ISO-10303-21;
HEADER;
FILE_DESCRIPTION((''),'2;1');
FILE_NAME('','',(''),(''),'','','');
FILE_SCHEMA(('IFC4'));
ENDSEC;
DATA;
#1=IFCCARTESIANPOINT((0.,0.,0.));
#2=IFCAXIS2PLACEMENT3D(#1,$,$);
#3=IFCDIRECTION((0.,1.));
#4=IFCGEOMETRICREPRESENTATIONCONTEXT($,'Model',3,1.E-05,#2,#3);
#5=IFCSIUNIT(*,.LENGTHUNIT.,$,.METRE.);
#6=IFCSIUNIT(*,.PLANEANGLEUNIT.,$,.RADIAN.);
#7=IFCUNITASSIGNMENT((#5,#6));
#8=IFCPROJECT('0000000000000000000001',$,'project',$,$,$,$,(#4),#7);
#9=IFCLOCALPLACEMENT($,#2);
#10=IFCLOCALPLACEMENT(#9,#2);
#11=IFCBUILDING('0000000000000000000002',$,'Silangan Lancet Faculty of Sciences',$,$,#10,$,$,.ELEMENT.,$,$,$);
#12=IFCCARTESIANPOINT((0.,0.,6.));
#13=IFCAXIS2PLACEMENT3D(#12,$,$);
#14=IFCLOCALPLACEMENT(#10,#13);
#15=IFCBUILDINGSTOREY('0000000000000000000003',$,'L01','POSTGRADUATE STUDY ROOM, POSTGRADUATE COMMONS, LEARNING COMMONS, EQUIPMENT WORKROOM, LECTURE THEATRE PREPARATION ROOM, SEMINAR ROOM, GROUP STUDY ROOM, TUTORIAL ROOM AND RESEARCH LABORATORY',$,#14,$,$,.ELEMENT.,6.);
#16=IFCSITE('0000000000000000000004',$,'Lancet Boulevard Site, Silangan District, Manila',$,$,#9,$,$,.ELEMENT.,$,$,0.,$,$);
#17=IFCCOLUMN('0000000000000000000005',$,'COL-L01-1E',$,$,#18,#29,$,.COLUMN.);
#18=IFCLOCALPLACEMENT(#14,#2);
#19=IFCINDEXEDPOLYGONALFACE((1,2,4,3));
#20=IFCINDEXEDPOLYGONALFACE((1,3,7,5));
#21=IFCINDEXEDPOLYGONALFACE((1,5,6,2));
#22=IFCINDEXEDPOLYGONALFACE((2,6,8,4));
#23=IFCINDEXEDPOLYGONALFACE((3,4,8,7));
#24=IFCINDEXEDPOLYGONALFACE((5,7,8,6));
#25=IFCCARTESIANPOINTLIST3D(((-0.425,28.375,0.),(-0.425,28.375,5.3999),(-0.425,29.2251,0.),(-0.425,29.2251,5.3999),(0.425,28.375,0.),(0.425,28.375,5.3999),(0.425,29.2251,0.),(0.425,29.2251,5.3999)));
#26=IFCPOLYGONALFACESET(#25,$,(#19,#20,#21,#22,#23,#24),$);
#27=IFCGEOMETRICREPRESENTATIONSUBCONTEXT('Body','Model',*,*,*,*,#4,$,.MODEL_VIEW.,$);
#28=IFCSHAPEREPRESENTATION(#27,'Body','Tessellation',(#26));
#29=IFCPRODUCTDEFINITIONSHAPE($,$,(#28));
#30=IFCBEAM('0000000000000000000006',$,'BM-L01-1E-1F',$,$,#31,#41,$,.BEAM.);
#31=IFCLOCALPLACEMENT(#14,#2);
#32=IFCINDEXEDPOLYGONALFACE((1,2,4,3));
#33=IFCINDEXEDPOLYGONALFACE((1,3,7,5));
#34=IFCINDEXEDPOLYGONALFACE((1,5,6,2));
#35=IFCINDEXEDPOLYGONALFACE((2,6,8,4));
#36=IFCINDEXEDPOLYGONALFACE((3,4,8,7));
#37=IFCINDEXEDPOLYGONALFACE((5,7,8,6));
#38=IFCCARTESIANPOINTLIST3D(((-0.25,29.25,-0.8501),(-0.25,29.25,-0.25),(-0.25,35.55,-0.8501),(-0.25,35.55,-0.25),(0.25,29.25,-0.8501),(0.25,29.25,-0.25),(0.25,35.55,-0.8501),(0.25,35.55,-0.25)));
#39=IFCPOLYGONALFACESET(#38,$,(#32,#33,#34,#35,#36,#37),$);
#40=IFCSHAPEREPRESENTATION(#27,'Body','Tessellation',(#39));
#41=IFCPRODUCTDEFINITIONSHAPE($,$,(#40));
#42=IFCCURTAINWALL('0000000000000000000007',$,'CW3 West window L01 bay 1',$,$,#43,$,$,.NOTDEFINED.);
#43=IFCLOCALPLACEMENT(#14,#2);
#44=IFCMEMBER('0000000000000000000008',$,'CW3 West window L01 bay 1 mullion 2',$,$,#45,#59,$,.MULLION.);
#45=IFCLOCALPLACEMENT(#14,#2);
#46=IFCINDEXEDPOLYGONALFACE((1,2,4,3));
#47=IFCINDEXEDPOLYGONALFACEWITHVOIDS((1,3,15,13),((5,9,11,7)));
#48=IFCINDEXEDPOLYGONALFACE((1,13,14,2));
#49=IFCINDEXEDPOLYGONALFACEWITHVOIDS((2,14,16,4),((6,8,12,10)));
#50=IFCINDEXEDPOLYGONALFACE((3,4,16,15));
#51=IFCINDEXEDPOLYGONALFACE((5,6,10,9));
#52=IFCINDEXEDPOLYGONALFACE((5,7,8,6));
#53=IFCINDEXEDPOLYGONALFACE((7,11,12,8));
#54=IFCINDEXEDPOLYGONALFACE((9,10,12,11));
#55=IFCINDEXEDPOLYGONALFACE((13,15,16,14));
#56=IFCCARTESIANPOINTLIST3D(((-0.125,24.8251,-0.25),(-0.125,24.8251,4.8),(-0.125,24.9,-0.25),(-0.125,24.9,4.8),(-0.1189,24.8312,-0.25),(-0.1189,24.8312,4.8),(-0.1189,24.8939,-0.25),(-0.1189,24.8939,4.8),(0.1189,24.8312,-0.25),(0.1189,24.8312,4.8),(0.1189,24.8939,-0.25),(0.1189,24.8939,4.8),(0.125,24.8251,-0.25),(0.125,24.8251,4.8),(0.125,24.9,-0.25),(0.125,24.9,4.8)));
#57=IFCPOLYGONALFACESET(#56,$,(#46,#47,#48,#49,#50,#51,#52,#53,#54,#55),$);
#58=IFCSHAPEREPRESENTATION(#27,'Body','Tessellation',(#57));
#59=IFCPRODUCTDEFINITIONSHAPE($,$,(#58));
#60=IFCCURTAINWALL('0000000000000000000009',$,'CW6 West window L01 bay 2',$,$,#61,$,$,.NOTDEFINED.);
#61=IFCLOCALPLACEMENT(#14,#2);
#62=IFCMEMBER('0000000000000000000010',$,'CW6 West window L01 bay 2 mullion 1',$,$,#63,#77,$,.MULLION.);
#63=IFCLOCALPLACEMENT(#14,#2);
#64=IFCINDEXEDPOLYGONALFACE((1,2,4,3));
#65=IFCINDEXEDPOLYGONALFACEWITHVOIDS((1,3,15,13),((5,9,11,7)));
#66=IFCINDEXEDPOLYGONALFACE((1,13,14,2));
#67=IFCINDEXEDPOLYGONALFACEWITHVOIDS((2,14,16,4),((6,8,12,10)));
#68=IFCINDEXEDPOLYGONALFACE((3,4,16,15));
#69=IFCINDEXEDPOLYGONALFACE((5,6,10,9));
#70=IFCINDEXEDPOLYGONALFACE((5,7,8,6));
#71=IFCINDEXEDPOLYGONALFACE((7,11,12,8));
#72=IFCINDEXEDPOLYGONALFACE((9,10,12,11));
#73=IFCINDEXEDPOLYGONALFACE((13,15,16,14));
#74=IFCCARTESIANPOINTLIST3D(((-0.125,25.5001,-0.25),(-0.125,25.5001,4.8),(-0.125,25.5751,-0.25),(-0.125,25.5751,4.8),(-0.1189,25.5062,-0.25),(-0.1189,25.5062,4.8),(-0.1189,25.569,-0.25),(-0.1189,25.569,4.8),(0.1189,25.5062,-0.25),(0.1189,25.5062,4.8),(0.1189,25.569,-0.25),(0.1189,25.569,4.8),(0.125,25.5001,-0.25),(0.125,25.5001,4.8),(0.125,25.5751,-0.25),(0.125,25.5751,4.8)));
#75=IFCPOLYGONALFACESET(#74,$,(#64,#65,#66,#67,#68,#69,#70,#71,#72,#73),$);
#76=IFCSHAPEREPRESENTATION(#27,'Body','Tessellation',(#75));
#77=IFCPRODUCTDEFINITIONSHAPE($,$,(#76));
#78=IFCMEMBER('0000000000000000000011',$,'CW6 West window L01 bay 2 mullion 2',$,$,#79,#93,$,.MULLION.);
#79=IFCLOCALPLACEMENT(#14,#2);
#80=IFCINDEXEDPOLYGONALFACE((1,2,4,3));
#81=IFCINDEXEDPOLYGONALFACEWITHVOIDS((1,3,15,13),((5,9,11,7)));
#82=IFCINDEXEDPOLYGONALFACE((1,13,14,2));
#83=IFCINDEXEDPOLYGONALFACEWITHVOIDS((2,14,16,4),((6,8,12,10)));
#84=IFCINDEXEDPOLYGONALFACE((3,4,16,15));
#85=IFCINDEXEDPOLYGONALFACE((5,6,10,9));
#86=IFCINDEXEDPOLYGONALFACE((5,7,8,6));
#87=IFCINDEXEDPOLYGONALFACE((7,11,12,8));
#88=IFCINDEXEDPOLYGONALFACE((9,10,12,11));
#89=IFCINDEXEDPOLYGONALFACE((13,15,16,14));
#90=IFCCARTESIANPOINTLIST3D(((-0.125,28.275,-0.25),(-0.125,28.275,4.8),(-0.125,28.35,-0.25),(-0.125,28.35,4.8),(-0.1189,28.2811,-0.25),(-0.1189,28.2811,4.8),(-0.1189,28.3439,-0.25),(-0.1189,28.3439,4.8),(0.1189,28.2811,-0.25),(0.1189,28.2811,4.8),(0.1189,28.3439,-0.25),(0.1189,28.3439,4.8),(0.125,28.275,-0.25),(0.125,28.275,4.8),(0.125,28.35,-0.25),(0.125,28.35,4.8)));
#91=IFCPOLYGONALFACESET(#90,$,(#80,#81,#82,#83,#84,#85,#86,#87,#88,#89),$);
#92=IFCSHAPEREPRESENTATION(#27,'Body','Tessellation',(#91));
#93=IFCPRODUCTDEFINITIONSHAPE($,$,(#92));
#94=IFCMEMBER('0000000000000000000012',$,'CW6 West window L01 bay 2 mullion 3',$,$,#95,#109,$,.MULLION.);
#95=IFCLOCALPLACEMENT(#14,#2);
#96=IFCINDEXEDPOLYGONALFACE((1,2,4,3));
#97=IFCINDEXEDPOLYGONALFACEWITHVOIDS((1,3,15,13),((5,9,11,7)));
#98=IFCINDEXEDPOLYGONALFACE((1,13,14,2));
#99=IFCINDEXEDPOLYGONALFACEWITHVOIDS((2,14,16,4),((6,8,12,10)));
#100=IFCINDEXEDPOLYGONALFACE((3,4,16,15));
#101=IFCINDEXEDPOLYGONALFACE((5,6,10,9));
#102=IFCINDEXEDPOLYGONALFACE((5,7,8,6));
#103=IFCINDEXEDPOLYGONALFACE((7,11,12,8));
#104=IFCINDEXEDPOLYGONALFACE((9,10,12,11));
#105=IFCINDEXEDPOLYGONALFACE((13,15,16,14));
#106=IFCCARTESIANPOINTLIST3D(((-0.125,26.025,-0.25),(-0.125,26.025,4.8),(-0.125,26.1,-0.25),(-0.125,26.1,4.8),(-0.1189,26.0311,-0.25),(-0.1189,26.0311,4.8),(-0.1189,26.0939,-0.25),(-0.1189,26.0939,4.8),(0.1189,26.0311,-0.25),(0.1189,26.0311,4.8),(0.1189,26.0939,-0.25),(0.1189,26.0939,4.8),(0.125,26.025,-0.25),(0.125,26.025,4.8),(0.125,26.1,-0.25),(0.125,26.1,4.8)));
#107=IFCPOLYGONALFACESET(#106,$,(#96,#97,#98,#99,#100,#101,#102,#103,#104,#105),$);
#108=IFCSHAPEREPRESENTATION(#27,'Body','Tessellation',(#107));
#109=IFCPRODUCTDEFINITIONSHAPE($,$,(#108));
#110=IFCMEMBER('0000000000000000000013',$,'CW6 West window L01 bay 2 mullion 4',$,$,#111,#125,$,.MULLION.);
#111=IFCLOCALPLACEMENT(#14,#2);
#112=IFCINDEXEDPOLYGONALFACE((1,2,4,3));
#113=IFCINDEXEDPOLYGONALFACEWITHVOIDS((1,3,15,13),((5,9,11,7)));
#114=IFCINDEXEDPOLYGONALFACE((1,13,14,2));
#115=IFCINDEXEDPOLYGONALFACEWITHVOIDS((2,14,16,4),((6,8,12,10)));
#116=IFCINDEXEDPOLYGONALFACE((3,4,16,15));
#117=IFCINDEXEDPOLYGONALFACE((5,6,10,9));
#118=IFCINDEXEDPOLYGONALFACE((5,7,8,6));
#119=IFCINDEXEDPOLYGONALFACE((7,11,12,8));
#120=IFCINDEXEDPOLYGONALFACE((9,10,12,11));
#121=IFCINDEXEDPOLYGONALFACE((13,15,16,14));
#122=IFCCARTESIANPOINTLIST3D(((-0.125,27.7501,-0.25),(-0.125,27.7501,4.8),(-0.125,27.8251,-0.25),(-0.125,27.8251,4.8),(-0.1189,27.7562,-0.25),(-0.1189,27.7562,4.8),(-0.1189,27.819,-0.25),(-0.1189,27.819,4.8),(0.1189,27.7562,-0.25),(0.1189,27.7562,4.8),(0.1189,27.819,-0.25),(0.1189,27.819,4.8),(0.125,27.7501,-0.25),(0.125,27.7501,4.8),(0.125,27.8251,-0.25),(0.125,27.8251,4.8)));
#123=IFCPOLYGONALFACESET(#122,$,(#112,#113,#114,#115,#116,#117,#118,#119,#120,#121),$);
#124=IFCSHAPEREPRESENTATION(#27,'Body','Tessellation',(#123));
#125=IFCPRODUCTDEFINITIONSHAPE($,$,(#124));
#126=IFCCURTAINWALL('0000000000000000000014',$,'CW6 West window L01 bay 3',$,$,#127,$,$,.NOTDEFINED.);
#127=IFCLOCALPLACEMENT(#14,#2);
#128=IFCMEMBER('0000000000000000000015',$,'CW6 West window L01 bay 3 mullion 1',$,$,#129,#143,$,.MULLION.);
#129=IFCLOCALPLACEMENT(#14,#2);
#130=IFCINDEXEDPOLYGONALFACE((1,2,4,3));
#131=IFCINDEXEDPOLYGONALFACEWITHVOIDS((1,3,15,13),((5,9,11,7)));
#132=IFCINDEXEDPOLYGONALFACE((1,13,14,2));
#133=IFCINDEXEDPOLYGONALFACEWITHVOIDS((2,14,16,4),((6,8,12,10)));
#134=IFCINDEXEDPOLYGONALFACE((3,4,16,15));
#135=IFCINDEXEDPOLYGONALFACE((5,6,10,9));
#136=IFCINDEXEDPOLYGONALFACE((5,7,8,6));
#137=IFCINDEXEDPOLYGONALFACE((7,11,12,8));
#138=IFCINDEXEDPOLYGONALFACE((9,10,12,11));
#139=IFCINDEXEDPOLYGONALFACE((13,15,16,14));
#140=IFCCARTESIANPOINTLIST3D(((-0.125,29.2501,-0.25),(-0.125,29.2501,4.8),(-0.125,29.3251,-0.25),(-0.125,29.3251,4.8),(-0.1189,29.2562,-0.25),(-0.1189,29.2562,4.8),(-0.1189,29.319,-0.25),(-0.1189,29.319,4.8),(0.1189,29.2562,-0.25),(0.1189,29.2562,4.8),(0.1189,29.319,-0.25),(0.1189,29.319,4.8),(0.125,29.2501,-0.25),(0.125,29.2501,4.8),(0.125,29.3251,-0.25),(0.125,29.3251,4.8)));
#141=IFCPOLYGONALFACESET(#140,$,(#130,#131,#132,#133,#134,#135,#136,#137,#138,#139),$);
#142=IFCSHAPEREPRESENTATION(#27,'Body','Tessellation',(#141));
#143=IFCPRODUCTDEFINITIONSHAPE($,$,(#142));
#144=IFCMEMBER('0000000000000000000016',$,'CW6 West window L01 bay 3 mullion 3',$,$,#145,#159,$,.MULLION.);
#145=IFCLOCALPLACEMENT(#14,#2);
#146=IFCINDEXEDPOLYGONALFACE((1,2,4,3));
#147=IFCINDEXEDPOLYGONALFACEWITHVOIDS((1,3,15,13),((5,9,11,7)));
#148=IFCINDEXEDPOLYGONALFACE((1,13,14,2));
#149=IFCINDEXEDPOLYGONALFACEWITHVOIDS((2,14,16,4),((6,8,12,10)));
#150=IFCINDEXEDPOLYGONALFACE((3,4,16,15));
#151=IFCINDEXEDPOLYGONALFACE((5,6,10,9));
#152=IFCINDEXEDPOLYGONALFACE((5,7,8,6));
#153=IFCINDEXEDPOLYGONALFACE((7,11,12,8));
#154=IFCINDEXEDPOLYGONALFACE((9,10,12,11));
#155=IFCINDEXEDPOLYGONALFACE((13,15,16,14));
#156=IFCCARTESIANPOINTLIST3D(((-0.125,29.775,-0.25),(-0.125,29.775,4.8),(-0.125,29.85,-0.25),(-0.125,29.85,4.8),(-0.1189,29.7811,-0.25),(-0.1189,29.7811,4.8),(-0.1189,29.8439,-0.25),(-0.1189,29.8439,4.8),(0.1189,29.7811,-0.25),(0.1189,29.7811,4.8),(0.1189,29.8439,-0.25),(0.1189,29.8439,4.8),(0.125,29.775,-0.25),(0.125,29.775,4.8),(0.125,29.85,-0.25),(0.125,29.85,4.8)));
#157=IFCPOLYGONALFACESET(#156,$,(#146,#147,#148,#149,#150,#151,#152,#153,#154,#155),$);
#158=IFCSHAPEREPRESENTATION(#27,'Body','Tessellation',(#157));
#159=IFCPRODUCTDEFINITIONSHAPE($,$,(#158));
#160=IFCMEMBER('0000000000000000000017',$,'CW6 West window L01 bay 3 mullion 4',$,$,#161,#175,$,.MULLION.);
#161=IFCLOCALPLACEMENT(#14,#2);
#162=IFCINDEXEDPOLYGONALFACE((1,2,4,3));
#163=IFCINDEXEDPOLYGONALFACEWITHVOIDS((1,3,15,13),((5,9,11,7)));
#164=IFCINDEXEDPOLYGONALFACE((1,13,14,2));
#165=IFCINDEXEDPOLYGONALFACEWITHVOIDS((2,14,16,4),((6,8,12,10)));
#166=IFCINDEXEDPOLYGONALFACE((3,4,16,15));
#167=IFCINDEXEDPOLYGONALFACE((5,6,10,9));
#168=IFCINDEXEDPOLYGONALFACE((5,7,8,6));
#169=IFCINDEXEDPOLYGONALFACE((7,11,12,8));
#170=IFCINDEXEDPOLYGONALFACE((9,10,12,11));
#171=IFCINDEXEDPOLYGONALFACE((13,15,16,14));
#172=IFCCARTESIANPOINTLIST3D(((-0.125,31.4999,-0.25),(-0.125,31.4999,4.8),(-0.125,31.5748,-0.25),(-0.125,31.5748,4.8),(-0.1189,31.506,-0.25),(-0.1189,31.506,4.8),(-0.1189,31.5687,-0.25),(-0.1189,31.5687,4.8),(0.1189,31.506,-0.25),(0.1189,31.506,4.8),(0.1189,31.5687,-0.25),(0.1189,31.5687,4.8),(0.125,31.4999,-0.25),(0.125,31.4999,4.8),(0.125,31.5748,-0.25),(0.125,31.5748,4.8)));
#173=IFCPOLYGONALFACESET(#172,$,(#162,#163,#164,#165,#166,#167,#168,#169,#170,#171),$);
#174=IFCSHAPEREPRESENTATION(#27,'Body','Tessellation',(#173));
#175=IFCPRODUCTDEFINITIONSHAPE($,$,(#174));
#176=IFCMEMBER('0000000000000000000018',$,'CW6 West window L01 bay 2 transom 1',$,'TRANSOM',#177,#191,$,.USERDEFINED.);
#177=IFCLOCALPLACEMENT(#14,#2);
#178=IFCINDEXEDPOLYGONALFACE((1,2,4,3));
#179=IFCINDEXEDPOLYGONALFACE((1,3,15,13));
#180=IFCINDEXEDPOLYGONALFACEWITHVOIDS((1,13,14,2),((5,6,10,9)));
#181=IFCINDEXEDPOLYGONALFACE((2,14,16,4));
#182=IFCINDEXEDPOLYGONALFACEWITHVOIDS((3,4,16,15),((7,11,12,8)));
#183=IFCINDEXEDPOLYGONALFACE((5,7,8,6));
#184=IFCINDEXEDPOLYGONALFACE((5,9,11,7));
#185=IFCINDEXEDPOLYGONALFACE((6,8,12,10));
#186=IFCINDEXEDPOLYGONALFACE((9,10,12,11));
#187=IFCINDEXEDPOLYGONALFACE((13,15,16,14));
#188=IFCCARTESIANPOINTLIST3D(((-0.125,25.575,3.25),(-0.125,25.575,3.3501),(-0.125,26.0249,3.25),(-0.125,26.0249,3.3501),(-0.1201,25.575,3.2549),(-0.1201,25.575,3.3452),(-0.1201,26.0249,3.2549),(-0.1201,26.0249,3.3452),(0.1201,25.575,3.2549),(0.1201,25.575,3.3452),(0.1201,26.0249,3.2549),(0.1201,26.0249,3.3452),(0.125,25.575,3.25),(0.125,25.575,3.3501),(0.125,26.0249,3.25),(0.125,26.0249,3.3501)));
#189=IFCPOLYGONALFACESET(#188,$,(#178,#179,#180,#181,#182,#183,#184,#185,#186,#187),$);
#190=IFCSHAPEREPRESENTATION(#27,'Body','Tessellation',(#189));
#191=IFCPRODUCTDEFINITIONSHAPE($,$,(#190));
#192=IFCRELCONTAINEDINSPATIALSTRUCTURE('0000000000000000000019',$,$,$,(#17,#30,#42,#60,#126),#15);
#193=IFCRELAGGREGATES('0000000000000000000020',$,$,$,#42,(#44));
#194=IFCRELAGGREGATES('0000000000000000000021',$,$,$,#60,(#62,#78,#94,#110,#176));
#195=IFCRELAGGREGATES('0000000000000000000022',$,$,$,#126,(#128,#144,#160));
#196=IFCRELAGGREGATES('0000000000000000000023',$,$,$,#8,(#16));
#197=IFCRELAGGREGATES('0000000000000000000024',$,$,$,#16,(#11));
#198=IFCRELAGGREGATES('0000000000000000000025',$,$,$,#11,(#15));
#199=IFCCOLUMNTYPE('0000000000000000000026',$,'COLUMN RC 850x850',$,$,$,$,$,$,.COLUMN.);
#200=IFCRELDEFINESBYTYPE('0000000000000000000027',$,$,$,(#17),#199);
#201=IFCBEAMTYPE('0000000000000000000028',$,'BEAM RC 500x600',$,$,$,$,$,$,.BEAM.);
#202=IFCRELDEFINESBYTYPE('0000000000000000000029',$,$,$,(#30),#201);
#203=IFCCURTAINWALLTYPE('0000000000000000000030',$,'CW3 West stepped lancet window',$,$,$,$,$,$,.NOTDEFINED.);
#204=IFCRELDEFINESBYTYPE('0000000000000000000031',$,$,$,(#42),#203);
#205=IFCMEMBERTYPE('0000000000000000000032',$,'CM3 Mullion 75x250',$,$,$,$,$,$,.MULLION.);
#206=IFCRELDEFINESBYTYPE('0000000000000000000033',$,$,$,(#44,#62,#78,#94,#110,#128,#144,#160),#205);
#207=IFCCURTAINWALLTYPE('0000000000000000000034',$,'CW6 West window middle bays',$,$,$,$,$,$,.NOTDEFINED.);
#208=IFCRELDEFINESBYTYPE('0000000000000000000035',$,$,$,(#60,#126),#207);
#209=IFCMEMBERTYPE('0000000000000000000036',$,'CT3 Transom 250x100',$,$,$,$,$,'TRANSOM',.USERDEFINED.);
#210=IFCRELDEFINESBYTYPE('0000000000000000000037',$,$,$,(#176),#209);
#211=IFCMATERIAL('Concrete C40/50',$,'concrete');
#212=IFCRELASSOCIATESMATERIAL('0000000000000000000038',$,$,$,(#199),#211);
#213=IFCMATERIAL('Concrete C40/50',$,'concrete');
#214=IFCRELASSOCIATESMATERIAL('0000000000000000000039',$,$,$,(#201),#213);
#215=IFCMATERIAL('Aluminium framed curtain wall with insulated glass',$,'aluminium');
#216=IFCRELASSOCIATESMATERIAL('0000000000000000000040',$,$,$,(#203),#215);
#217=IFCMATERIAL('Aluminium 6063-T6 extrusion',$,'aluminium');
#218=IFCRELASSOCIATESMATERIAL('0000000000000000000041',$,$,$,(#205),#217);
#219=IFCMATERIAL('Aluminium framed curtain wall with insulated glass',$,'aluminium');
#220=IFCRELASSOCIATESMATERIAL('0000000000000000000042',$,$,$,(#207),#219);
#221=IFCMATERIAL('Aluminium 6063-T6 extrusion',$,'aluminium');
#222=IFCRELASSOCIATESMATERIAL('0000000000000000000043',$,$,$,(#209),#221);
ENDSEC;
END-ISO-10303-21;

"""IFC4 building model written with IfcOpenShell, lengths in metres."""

from ifc_helpers import new_model, si_unit, direction, frame, origin, origin_2d, place, context, subcontext, project, spatial, rectangle, hollow_rectangle, extrude, material, material_profile, profile_set, type_object, element, aggregate, save


model = new_model("IFC4")

# Units and contexts
model_context = context("Model", 3, precision=1e-05, world=origin(), true_north=direction((0.0, 1.0)))
body_context = subcontext(model_context, "Body", "Model", "MODEL_VIEW")
ifc_project = project(units=[si_unit("LENGTHUNIT", "METRE"), si_unit("PLANEANGLEUNIT", "RADIAN")], contexts=[model_context])

# Site, building, storey
site_placement = place(None, origin())
site = spatial("IfcSite", under=ifc_project, at=site_placement, Name="Lancet Boulevard Site, Silangan District, Manila", CompositionType="ELEMENT", RefElevation=0.0)
building_placement = place(site_placement, origin())
building = spatial("IfcBuilding", under=site, at=building_placement, Name="Silangan Lancet Faculty of Sciences", CompositionType="ELEMENT")
storey_placement = place(building_placement, frame((0.0, 0.0, 6.0)))
storey = spatial("IfcBuildingStorey", under=building, at=storey_placement, Name="L01", Description="POSTGRADUATE STUDY ROOM, POSTGRADUATE COMMONS, LEARNING COMMONS, EQUIPMENT WORKROOM, LECTURE THEATRE PREPARATION ROOM, SEMINAR ROOM, GROUP STUDY ROOM, TUTORIAL ROOM AND RESEARCH LABORATORY", CompositionType="ELEMENT", Elevation=6.0)

# Column
ifc_material_1 = material(Name="Concrete C40/50", Category="concrete")
ifc_material_profile_1 = material_profile(ifc_material_1, rectangle(XDim=0.8501, YDim=0.8501, at=origin_2d()), Name="RC 850x850")
ifc_profile_set_1 = profile_set([ifc_material_profile_1], Name="Concrete C40/50")
column_type = type_object("IfcColumnType", Name="COLUMN RC 850x850", PredefinedType="COLUMN", material=ifc_profile_set_1)
column_placement = place(storey_placement, frame((0.0, 28.8, 0.0), z_axis=(0.0, 0.0, 1.0), x_axis=(1.0, 0.0, 0.0)))
element("IfcColumn", 1, at=column_placement, inside=storey, type_object=column_type, Name="COL-L01-1E", PredefinedType="COLUMN", context=body_context, shape_type="SweptSolid", body=[
    extrude(rectangle(XDim=0.8501, YDim=0.8501, at=origin_2d()), origin(), (0.0, 0.0, 1.0), 5.3999),
])

# Beam
ifc_material_2 = material(Name="Concrete C40/50", Category="concrete")
ifc_material_profile_2 = material_profile(ifc_material_2, rectangle(XDim=0.5, YDim=0.6001, at=origin_2d()), Name="RC 500x600")
ifc_profile_set_2 = profile_set([ifc_material_profile_2], Name="Concrete C40/50")
beam_type = type_object("IfcBeamType", Name="BEAM RC 500x600", PredefinedType="BEAM", material=ifc_profile_set_2)
beam_placement = place(storey_placement, frame((0.0, 29.25, -0.55), z_axis=(0.0, 1.0, 0.0), x_axis=(-1.0, 0.0, 0.0)))
element("IfcBeam", 2, at=beam_placement, inside=storey, type_object=beam_type, Name="BM-L01-1E-1F", PredefinedType="BEAM", context=body_context, shape_type="SweptSolid", body=[
    extrude(rectangle(XDim=0.5, YDim=0.6001, at=origin_2d()), origin(), (0.0, 0.0, 1.0), 6.3),
])

# Curtain wall, member
ifc_material_3 = material(Name="Aluminium framed curtain wall with insulated glass", Category="aluminium")
curtain_wall_type_1 = type_object("IfcCurtainWallType", Name="CW3 West stepped lancet window", PredefinedType="NOTDEFINED", material=ifc_material_3)
curtain_wall_1_placement = place(storey_placement, origin())
curtain_wall_1 = element("IfcCurtainWall", 3, at=curtain_wall_1_placement, inside=storey, type_object=curtain_wall_type_1, Name="CW3 West window L01 bay 1", PredefinedType="NOTDEFINED")
ifc_material_4 = material(Name="Aluminium 6063-T6 extrusion", Category="aluminium")
ifc_material_profile_3 = material_profile(ifc_material_4, hollow_rectangle(XDim=0.075, YDim=0.25, WallThickness=0.0061, at=origin_2d()), Name="AL BOX 75x250x6")
ifc_profile_set_3 = profile_set([ifc_material_profile_3], Name="Aluminium 6063-T6 extrusion")
member_type_1 = type_object("IfcMemberType", Name="CM3 Mullion 75x250", PredefinedType="MULLION", material=ifc_profile_set_3)
member_1_placement = place(storey_placement, frame((0.0, 24.8625, -0.25), z_axis=(0.0, 0.0, 1.0), x_axis=(0.0, 1.0, 0.0)))
member_1 = element("IfcMember", 4, at=member_1_placement, type_object=member_type_1, Name="CW3 West window L01 bay 1 mullion 2", PredefinedType="MULLION", context=body_context, shape_type="SweptSolid", body=[
    extrude(hollow_rectangle(XDim=0.075, YDim=0.25, WallThickness=0.0061, at=origin_2d()), origin(), (0.0, 0.0, 1.0), 5.05),
])

# Curtain walls, members
ifc_material_5 = material(Name="Aluminium framed curtain wall with insulated glass", Category="aluminium")
curtain_wall_type_2 = type_object("IfcCurtainWallType", Name="CW6 West window middle bays", PredefinedType="NOTDEFINED", material=ifc_material_5)
curtain_wall_2_placement = place(storey_placement, origin())
curtain_wall_2 = element("IfcCurtainWall", 5, at=curtain_wall_2_placement, inside=storey, type_object=curtain_wall_type_2, Name="CW6 West window L01 bay 2", PredefinedType="NOTDEFINED")
member_2_placement = place(storey_placement, frame((0.0, 25.5376, -0.25), z_axis=(0.0, 0.0, 1.0), x_axis=(0.0, 1.0, 0.0)))
member_2 = element("IfcMember", 6, at=member_2_placement, type_object=member_type_1, Name="CW6 West window L01 bay 2 mullion 1", PredefinedType="MULLION", context=body_context, shape_type="SweptSolid", body=[
    extrude(hollow_rectangle(XDim=0.075, YDim=0.25, WallThickness=0.0061, at=origin_2d()), origin(), (0.0, 0.0, 1.0), 5.05),
])
member_3_placement = place(storey_placement, frame((0.0, 28.3125, -0.25), z_axis=(0.0, 0.0, 1.0), x_axis=(0.0, 1.0, 0.0)))
member_3 = element("IfcMember", 7, at=member_3_placement, type_object=member_type_1, Name="CW6 West window L01 bay 2 mullion 2", PredefinedType="MULLION", context=body_context, shape_type="SweptSolid", body=[
    extrude(hollow_rectangle(XDim=0.075, YDim=0.25, WallThickness=0.0061, at=origin_2d()), origin(), (0.0, 0.0, 1.0), 5.05),
])
member_4_placement = place(storey_placement, frame((0.0, 26.0625, -0.25), z_axis=(0.0, 0.0, 1.0), x_axis=(0.0, 1.0, 0.0)))
member_4 = element("IfcMember", 8, at=member_4_placement, type_object=member_type_1, Name="CW6 West window L01 bay 2 mullion 3", PredefinedType="MULLION", context=body_context, shape_type="SweptSolid", body=[
    extrude(hollow_rectangle(XDim=0.075, YDim=0.25, WallThickness=0.0061, at=origin_2d()), origin(), (0.0, 0.0, 1.0), 5.05),
])
member_5_placement = place(storey_placement, frame((0.0, 27.7876, -0.25), z_axis=(0.0, 0.0, 1.0), x_axis=(0.0, 1.0, 0.0)))
member_5 = element("IfcMember", 9, at=member_5_placement, type_object=member_type_1, Name="CW6 West window L01 bay 2 mullion 4", PredefinedType="MULLION", context=body_context, shape_type="SweptSolid", body=[
    extrude(hollow_rectangle(XDim=0.075, YDim=0.25, WallThickness=0.0061, at=origin_2d()), origin(), (0.0, 0.0, 1.0), 5.05),
])
curtain_wall_3_placement = place(storey_placement, origin())
curtain_wall_3 = element("IfcCurtainWall", 10, at=curtain_wall_3_placement, inside=storey, type_object=curtain_wall_type_2, Name="CW6 West window L01 bay 3", PredefinedType="NOTDEFINED")
member_6_placement = place(storey_placement, frame((0.0, 29.2876, -0.25), z_axis=(0.0, 0.0, 1.0), x_axis=(0.0, 1.0, 0.0)))
member_6 = element("IfcMember", 11, at=member_6_placement, type_object=member_type_1, Name="CW6 West window L01 bay 3 mullion 1", PredefinedType="MULLION", context=body_context, shape_type="SweptSolid", body=[
    extrude(hollow_rectangle(XDim=0.075, YDim=0.25, WallThickness=0.0061, at=origin_2d()), origin(), (0.0, 0.0, 1.0), 5.05),
])
member_7_placement = place(storey_placement, frame((0.0, 29.8125, -0.25), z_axis=(0.0, 0.0, 1.0), x_axis=(0.0, 1.0, 0.0)))
member_7 = element("IfcMember", 12, at=member_7_placement, type_object=member_type_1, Name="CW6 West window L01 bay 3 mullion 3", PredefinedType="MULLION", context=body_context, shape_type="SweptSolid", body=[
    extrude(hollow_rectangle(XDim=0.075, YDim=0.25, WallThickness=0.0061, at=origin_2d()), origin(), (0.0, 0.0, 1.0), 5.05),
])
member_8_placement = place(storey_placement, frame((0.0, 31.5374, -0.25), z_axis=(0.0, 0.0, 1.0), x_axis=(0.0, 1.0, 0.0)))
member_8 = element("IfcMember", 13, at=member_8_placement, type_object=member_type_1, Name="CW6 West window L01 bay 3 mullion 4", PredefinedType="MULLION", context=body_context, shape_type="SweptSolid", body=[
    extrude(hollow_rectangle(XDim=0.075, YDim=0.25, WallThickness=0.0061, at=origin_2d()), origin(), (0.0, 0.0, 1.0), 5.05),
])

# Member
ifc_material_6 = material(Name="Aluminium 6063-T6 extrusion", Category="aluminium")
ifc_material_profile_4 = material_profile(ifc_material_6, hollow_rectangle(XDim=0.25, YDim=0.1001, WallThickness=0.0049, at=origin_2d()), Name="AL BOX 250x100x5")
ifc_profile_set_4 = profile_set([ifc_material_profile_4], Name="Aluminium 6063-T6 extrusion")
member_type_2 = type_object("IfcMemberType", Name="CT3 Transom 250x100", ElementType="TRANSOM", PredefinedType="USERDEFINED", material=ifc_profile_set_4)
member_9_placement = place(storey_placement, frame((0.0, 25.575, 3.3), z_axis=(0.0, 1.0, 0.0), x_axis=(-1.0, 0.0, 0.0)))
member_9 = element("IfcMember", 14, at=member_9_placement, type_object=member_type_2, Name="CW6 West window L01 bay 2 transom 1", ObjectType="TRANSOM", PredefinedType="USERDEFINED", context=body_context, shape_type="SweptSolid", body=[
    extrude(hollow_rectangle(XDim=0.25, YDim=0.1001, WallThickness=0.0049, at=origin_2d()), origin(), (0.0, 0.0, 1.0), 0.45),
])

aggregate(curtain_wall_1, [member_1])
aggregate(curtain_wall_2, [member_2, member_3, member_4, member_5, member_9])
aggregate(curtain_wall_3, [member_6, member_7, member_8])

save(model, "model.ifc")
